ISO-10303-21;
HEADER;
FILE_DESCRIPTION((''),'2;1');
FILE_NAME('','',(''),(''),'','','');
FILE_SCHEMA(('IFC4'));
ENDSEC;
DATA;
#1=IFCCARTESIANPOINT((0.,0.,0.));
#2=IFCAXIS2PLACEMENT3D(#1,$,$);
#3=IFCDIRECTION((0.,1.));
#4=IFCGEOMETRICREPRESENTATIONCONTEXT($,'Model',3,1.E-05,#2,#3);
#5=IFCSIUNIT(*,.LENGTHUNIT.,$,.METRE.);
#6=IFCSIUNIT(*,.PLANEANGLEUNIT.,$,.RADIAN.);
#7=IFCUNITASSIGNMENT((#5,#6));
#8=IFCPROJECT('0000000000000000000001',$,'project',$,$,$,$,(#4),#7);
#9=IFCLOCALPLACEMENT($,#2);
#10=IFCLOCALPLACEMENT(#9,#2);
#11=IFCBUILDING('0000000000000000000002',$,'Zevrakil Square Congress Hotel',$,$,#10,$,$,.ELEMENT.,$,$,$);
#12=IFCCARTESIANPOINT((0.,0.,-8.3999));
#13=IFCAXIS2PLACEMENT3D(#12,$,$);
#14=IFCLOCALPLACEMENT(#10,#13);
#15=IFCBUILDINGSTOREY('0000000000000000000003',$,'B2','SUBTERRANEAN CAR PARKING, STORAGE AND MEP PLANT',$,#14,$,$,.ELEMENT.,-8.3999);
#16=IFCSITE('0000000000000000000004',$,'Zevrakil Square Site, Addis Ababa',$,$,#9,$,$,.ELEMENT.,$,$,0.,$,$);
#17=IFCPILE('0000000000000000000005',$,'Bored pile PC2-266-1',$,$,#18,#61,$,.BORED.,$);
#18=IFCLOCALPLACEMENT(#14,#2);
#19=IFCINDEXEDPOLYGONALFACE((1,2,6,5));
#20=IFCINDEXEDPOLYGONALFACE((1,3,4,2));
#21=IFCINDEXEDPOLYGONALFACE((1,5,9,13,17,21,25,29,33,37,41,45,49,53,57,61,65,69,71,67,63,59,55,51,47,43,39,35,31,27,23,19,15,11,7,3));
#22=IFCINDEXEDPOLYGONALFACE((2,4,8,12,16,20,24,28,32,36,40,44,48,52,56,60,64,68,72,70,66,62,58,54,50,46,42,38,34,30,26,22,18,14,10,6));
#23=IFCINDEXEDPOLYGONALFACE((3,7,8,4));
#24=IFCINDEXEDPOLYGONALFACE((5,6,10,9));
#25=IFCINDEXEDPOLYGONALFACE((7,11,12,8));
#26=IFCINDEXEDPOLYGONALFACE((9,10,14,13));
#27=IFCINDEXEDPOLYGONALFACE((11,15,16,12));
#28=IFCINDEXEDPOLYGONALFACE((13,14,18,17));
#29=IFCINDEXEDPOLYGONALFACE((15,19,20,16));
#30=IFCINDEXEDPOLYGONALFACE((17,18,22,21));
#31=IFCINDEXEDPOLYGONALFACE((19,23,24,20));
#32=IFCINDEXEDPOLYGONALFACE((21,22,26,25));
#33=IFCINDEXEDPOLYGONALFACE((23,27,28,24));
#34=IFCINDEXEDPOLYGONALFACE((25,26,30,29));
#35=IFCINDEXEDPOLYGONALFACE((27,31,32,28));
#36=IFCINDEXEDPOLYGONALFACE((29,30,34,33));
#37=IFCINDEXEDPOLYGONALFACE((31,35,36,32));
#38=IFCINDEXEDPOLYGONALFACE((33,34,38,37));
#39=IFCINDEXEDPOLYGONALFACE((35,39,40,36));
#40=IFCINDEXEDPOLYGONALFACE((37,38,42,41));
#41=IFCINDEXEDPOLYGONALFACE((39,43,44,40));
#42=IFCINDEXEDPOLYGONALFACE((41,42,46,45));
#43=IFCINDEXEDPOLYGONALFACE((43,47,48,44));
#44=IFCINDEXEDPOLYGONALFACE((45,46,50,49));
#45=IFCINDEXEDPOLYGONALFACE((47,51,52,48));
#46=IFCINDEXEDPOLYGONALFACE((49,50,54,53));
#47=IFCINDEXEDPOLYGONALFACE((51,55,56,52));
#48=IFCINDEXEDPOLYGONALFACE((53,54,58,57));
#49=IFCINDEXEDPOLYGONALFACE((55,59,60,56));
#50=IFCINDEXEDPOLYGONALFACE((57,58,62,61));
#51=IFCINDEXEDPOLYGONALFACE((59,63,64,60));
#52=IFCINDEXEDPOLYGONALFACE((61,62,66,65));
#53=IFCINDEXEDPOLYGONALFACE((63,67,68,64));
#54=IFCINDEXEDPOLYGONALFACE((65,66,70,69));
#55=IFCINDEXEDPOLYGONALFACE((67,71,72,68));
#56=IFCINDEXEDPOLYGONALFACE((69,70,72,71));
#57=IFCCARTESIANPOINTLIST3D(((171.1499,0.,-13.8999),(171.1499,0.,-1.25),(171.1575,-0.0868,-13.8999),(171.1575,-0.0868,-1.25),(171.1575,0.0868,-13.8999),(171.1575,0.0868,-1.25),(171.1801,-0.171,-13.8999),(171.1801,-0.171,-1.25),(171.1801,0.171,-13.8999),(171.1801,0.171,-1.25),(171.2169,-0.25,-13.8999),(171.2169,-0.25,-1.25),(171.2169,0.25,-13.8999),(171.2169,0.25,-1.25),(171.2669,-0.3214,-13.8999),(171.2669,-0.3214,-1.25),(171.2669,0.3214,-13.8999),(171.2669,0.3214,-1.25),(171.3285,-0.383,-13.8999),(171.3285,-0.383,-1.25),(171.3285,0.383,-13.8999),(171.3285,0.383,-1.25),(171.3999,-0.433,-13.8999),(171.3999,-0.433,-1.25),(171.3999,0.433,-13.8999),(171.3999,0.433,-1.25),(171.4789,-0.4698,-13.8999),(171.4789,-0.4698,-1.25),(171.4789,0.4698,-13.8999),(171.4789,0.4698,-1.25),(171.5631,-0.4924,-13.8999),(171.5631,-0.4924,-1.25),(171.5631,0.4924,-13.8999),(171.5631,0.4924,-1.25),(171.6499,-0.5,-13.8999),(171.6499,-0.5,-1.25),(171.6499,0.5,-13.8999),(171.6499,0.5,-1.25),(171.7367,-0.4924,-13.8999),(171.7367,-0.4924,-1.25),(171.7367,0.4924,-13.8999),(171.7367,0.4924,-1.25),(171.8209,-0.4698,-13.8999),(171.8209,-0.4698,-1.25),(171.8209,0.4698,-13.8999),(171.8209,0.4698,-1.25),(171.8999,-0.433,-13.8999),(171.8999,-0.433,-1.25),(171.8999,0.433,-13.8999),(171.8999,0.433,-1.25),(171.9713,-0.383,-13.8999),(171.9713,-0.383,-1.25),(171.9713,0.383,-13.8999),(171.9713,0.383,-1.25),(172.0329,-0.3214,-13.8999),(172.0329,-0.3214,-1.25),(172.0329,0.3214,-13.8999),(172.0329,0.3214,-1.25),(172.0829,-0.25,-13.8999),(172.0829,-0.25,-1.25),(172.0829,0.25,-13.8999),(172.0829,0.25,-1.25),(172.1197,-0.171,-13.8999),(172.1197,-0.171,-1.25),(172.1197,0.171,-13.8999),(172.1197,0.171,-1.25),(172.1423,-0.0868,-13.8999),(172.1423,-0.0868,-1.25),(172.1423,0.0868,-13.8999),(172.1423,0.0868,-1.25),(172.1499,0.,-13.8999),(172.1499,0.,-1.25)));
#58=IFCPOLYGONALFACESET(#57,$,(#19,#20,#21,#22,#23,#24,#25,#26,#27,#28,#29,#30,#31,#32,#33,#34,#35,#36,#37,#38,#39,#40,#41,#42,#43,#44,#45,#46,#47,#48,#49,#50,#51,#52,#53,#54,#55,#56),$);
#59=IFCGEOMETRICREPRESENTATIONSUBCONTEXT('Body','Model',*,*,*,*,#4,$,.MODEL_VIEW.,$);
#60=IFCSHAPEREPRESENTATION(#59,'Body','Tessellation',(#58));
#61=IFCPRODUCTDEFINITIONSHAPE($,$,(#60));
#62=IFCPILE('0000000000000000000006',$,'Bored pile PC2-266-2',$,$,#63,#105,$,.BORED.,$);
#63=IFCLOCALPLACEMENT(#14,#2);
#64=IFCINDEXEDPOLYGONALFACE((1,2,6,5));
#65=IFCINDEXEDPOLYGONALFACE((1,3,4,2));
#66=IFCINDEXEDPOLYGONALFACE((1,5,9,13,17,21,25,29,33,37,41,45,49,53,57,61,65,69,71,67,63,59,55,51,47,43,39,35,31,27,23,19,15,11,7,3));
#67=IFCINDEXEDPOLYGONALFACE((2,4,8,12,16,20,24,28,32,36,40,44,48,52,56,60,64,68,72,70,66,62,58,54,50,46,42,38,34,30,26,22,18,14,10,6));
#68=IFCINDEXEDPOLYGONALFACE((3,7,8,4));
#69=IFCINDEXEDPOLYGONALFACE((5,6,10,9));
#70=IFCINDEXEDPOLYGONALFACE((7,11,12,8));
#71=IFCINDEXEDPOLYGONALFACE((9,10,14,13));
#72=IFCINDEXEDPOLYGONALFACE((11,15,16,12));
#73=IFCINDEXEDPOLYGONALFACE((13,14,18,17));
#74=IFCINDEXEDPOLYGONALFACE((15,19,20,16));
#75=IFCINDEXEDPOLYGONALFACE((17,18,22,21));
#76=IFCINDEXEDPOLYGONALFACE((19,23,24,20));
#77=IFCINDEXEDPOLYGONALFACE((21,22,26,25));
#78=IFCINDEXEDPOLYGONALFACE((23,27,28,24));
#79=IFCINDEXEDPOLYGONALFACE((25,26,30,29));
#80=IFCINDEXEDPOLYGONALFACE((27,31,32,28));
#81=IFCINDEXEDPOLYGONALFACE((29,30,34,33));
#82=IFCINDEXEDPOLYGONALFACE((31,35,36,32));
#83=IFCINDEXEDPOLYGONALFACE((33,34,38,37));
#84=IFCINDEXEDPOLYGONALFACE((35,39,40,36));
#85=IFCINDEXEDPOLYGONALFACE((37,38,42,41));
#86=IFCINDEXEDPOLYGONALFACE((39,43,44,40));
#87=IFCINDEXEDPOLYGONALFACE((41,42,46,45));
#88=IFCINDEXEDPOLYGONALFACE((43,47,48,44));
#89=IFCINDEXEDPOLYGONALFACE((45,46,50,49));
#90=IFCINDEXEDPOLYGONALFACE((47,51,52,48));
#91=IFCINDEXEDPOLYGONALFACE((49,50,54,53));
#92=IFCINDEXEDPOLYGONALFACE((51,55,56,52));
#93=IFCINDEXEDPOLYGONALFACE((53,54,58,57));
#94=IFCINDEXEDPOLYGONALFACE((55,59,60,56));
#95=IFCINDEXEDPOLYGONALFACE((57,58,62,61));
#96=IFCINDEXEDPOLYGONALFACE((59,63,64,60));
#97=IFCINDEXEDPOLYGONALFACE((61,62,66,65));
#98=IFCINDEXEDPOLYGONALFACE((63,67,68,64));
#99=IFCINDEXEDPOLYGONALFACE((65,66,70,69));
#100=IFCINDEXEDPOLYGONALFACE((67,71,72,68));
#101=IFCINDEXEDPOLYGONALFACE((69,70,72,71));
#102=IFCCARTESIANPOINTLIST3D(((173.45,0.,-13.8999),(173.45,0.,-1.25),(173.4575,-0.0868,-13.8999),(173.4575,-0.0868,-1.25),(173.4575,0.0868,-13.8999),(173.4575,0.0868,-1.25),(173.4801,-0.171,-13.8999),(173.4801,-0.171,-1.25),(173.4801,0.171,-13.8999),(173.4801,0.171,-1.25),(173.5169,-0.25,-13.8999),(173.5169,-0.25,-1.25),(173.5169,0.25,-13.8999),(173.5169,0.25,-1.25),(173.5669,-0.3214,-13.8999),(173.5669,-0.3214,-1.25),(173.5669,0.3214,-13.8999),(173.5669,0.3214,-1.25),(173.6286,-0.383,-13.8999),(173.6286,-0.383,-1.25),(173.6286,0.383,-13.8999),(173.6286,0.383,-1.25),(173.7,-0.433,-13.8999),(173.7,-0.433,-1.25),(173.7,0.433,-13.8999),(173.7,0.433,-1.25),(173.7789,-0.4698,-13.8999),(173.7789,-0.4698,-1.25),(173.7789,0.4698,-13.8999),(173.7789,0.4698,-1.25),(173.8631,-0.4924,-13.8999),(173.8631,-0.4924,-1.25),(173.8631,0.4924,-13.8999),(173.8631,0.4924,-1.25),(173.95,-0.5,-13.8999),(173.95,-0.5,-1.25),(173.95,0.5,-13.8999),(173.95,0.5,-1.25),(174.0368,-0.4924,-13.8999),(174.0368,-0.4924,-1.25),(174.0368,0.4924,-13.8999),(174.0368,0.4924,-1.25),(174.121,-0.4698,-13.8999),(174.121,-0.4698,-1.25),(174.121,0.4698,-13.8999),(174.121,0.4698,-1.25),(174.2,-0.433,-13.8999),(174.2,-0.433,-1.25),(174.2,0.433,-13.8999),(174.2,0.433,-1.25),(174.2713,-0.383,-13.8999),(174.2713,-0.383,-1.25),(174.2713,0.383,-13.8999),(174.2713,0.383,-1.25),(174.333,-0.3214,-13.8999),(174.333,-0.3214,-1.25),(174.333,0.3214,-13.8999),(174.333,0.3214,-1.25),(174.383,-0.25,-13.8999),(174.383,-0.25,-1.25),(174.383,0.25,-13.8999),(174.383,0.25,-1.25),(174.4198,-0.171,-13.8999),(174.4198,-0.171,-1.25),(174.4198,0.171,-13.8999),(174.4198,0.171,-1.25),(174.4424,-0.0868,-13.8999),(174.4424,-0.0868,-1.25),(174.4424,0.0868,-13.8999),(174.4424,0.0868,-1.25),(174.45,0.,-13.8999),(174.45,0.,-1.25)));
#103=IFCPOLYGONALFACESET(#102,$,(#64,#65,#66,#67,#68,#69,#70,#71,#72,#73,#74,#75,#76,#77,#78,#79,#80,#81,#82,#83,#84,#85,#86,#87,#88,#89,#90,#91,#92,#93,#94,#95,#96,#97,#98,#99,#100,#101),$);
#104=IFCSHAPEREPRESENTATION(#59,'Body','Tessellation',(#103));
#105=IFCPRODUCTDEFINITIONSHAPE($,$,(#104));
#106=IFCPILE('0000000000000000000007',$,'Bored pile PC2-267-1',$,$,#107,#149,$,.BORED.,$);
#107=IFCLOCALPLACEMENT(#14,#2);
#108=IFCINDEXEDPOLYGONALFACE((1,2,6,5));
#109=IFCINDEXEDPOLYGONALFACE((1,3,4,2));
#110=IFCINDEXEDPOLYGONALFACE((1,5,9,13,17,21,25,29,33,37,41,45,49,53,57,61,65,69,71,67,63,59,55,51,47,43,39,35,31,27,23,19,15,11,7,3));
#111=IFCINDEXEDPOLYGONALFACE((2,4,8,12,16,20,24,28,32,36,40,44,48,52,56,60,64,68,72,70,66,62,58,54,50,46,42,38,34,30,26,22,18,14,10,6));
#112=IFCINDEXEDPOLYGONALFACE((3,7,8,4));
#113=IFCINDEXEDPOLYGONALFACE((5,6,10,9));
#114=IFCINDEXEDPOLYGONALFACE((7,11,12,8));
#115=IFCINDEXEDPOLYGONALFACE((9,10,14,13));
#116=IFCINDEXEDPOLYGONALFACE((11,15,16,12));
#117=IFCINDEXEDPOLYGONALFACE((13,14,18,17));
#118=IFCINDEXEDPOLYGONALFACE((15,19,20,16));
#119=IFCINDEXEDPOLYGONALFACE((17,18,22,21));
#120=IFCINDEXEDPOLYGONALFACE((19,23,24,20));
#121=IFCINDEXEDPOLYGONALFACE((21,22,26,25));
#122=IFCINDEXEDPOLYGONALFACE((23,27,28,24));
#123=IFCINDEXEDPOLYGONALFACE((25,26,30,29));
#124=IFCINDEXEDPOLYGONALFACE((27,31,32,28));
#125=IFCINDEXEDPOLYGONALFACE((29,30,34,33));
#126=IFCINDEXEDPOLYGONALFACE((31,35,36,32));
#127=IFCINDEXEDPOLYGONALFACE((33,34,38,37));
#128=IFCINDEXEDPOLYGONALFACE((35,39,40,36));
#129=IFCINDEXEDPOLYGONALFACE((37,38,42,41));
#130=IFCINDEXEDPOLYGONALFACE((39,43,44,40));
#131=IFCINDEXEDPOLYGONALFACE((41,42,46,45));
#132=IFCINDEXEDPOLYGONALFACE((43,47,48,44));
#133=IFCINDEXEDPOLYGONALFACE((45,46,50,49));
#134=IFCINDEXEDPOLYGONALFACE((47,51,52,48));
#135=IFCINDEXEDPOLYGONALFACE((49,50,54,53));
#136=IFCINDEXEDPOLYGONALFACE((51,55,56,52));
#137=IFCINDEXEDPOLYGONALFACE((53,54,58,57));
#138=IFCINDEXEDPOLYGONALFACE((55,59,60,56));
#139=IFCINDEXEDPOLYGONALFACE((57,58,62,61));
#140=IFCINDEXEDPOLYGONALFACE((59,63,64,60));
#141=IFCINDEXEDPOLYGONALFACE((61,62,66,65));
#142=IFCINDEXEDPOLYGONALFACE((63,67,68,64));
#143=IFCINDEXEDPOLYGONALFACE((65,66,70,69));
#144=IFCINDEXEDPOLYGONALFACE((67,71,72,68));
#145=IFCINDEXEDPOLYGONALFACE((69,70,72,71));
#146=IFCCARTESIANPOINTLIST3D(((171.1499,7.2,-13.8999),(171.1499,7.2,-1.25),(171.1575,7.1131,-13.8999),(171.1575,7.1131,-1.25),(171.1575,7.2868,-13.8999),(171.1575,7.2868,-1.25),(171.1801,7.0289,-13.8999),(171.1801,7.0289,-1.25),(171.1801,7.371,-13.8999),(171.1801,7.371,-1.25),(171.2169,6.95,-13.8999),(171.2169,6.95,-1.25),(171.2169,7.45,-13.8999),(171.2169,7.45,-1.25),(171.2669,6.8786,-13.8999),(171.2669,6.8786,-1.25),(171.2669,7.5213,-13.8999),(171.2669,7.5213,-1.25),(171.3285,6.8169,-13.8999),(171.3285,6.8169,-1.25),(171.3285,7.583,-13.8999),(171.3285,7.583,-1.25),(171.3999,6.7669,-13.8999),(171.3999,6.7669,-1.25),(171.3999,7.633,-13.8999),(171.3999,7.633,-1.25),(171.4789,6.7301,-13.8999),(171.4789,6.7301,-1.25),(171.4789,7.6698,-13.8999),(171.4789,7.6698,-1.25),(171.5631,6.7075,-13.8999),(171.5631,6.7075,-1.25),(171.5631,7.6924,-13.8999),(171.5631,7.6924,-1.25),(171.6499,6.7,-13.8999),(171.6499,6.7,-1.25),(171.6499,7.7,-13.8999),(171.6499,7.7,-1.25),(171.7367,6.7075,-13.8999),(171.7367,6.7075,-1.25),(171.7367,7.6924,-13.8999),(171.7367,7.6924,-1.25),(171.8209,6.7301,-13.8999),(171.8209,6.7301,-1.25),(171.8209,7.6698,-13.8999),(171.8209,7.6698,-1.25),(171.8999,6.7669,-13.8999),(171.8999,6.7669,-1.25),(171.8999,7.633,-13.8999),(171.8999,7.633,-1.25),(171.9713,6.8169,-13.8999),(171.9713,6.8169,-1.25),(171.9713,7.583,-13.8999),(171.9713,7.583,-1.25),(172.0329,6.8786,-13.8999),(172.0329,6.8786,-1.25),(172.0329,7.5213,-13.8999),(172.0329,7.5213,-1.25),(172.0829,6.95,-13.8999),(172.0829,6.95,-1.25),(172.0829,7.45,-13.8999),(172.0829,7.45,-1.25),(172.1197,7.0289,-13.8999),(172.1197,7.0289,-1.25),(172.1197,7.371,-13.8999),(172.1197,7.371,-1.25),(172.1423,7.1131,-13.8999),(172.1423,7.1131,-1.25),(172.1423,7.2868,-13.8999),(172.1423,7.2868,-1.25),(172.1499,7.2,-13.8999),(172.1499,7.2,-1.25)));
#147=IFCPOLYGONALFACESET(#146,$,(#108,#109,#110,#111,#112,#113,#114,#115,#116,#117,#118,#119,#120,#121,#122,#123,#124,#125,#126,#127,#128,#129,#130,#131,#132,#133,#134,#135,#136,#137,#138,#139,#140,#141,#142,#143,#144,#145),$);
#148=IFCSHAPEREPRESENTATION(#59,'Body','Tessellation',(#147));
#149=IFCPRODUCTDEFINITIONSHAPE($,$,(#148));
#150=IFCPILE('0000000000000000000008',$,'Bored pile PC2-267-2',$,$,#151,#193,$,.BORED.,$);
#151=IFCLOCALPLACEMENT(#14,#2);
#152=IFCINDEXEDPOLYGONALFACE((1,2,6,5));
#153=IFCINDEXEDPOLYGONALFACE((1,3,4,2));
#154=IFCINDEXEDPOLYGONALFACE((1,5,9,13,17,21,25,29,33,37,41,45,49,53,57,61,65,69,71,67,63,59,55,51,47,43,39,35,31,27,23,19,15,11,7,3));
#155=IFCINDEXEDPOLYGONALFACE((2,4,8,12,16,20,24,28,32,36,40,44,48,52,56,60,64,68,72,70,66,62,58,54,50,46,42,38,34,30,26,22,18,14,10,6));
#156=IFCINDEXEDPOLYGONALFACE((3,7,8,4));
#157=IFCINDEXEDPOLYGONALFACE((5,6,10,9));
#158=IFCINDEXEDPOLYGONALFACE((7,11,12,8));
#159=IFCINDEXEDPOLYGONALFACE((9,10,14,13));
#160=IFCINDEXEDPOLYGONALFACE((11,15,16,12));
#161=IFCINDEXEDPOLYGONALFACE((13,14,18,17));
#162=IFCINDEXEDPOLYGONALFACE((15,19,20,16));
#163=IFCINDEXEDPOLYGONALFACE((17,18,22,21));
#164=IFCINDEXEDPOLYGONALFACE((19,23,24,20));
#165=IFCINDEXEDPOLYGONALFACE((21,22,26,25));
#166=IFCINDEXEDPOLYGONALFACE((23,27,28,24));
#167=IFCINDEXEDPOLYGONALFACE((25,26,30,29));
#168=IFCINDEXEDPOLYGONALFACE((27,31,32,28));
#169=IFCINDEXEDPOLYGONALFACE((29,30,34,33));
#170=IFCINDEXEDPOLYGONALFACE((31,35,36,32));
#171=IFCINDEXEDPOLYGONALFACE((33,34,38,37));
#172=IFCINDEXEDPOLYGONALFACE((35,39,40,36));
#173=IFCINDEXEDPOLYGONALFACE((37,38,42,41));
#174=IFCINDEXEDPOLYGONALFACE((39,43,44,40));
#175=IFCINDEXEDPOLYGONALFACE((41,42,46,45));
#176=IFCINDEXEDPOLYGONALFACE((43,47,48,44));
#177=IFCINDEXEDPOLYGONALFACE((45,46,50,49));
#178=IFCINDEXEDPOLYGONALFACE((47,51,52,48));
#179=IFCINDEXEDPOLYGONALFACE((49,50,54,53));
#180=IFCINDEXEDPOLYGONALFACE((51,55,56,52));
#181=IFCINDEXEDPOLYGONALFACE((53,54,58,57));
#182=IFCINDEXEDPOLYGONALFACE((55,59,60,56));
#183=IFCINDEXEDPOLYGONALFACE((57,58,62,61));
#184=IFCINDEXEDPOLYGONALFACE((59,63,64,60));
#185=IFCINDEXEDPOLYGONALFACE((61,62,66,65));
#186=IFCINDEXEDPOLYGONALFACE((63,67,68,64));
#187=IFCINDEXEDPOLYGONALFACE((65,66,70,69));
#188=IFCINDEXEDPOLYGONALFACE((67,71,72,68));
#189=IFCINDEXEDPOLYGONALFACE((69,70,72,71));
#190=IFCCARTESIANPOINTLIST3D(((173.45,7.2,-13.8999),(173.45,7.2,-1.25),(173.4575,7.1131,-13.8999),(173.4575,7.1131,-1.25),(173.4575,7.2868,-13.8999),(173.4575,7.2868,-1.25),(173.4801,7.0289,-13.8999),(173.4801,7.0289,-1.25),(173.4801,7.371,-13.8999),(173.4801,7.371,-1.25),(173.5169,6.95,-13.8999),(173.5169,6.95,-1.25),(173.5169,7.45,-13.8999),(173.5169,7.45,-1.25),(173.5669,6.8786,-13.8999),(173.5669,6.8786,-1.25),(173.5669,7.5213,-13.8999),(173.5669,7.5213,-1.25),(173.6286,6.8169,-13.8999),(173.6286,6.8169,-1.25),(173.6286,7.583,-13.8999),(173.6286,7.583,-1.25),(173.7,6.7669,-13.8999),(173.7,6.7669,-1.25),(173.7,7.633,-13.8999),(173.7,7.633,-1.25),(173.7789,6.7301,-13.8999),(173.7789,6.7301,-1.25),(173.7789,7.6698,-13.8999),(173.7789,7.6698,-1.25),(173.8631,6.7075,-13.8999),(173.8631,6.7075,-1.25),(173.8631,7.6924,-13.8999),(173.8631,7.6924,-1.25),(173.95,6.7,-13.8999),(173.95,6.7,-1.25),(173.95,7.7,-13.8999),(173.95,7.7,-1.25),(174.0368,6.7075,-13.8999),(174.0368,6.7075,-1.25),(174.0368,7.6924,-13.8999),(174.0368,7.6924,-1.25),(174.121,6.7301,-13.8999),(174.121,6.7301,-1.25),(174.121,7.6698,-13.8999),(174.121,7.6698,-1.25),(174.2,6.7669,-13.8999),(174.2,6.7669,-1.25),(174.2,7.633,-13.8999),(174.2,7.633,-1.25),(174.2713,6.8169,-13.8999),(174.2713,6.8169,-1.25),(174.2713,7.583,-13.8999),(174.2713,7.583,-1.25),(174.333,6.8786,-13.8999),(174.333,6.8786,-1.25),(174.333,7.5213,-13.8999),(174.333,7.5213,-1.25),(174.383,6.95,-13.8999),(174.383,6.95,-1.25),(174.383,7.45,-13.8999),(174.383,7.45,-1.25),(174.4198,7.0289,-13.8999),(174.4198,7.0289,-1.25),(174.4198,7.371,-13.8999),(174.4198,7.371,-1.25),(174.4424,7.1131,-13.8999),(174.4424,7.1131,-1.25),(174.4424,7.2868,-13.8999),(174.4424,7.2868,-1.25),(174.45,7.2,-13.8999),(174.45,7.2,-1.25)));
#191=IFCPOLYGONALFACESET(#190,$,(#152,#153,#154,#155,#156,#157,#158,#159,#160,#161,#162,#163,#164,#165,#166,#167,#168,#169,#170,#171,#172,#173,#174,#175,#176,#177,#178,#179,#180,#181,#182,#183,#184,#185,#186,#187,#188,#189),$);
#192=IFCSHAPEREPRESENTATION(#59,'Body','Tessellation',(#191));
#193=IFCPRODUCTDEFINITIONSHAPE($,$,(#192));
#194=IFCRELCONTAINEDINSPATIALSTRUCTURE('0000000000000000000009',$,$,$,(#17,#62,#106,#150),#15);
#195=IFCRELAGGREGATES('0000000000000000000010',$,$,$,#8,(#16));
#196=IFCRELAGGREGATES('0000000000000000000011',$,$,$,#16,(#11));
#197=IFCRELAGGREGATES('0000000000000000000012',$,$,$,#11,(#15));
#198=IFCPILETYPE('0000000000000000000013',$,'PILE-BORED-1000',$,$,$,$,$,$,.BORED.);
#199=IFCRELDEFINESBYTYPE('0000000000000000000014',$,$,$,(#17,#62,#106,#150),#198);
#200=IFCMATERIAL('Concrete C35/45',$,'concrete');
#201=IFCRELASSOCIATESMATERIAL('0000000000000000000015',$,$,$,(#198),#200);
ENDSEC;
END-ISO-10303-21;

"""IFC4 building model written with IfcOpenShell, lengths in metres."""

from ifc_helpers import new_model, si_unit, direction, frame, origin, origin_2d, place, context, subcontext, project, spatial, circle, extrude, material, material_profile, profile_set, type_object, element, save


model = new_model("IFC4")

# Units and contexts
model_context = context("Model", 3, precision=1e-05, world=origin(), true_north=direction((0.0, 1.0)))
body_context = subcontext(model_context, "Body", "Model", "MODEL_VIEW")
ifc_project = project(units=[si_unit("LENGTHUNIT", "METRE"), si_unit("PLANEANGLEUNIT", "RADIAN")], contexts=[model_context])

# Site, building, storey
site_placement = place(None, origin())
site = spatial("IfcSite", under=ifc_project, at=site_placement, Name="Zevrakil Square Site, Addis Ababa", CompositionType="ELEMENT", RefElevation=0.0)
building_placement = place(site_placement, origin())
building = spatial("IfcBuilding", under=site, at=building_placement, Name="Zevrakil Square Congress Hotel", CompositionType="ELEMENT")
storey_placement = place(building_placement, frame((0.0, 0.0, -8.3999)))
storey = spatial("IfcBuildingStorey", under=building, at=storey_placement, Name="B2", Description="SUBTERRANEAN CAR PARKING, STORAGE AND MEP PLANT", CompositionType="ELEMENT", Elevation=-8.3999)

# Piles
ifc_material_1 = material(Name="Concrete C35/45", Category="concrete")
ifc_material_profile_1 = material_profile(ifc_material_1, circle(Radius=0.5, at=origin_2d()), Name="PILE D1000")
ifc_profile_set_1 = profile_set([ifc_material_profile_1], Name="Concrete C35/45")
pile_type = type_object("IfcPileType", Name="PILE-BORED-1000", PredefinedType="BORED", material=ifc_profile_set_1)
for number, where, z_axis, x_axis, name in (
    (1, (171.6499, 0.0, -1.25), (0.0, 0.0, -1.0), (1.0, 0.0, 0.0), "Bored pile PC2-266-1"),
    (2, (173.95, 0.0, -1.25), (0.0, 0.0, -1.0), (1.0, 0.0, 0.0), "Bored pile PC2-266-2"),
    (3, (171.6499, 7.2, -1.25), (0.0, 0.0, -1.0), (1.0, 0.0, 0.0), "Bored pile PC2-267-1"),
    (4, (173.95, 7.2, -1.25), (0.0, 0.0, -1.0), (1.0, 0.0, 0.0), "Bored pile PC2-267-2"),
):
    element("IfcPile", number, at=place(storey_placement, frame(where, z_axis=z_axis, x_axis=x_axis)), inside=storey, type_object=pile_type, Name=name, PredefinedType="BORED", context=body_context, shape_type="SweptSolid", body=[
        extrude(circle(Radius=0.5, at=origin_2d()), origin(), (0.0, 0.0, 1.0), 12.6499),
    ])

save(model, "model.ifc")
